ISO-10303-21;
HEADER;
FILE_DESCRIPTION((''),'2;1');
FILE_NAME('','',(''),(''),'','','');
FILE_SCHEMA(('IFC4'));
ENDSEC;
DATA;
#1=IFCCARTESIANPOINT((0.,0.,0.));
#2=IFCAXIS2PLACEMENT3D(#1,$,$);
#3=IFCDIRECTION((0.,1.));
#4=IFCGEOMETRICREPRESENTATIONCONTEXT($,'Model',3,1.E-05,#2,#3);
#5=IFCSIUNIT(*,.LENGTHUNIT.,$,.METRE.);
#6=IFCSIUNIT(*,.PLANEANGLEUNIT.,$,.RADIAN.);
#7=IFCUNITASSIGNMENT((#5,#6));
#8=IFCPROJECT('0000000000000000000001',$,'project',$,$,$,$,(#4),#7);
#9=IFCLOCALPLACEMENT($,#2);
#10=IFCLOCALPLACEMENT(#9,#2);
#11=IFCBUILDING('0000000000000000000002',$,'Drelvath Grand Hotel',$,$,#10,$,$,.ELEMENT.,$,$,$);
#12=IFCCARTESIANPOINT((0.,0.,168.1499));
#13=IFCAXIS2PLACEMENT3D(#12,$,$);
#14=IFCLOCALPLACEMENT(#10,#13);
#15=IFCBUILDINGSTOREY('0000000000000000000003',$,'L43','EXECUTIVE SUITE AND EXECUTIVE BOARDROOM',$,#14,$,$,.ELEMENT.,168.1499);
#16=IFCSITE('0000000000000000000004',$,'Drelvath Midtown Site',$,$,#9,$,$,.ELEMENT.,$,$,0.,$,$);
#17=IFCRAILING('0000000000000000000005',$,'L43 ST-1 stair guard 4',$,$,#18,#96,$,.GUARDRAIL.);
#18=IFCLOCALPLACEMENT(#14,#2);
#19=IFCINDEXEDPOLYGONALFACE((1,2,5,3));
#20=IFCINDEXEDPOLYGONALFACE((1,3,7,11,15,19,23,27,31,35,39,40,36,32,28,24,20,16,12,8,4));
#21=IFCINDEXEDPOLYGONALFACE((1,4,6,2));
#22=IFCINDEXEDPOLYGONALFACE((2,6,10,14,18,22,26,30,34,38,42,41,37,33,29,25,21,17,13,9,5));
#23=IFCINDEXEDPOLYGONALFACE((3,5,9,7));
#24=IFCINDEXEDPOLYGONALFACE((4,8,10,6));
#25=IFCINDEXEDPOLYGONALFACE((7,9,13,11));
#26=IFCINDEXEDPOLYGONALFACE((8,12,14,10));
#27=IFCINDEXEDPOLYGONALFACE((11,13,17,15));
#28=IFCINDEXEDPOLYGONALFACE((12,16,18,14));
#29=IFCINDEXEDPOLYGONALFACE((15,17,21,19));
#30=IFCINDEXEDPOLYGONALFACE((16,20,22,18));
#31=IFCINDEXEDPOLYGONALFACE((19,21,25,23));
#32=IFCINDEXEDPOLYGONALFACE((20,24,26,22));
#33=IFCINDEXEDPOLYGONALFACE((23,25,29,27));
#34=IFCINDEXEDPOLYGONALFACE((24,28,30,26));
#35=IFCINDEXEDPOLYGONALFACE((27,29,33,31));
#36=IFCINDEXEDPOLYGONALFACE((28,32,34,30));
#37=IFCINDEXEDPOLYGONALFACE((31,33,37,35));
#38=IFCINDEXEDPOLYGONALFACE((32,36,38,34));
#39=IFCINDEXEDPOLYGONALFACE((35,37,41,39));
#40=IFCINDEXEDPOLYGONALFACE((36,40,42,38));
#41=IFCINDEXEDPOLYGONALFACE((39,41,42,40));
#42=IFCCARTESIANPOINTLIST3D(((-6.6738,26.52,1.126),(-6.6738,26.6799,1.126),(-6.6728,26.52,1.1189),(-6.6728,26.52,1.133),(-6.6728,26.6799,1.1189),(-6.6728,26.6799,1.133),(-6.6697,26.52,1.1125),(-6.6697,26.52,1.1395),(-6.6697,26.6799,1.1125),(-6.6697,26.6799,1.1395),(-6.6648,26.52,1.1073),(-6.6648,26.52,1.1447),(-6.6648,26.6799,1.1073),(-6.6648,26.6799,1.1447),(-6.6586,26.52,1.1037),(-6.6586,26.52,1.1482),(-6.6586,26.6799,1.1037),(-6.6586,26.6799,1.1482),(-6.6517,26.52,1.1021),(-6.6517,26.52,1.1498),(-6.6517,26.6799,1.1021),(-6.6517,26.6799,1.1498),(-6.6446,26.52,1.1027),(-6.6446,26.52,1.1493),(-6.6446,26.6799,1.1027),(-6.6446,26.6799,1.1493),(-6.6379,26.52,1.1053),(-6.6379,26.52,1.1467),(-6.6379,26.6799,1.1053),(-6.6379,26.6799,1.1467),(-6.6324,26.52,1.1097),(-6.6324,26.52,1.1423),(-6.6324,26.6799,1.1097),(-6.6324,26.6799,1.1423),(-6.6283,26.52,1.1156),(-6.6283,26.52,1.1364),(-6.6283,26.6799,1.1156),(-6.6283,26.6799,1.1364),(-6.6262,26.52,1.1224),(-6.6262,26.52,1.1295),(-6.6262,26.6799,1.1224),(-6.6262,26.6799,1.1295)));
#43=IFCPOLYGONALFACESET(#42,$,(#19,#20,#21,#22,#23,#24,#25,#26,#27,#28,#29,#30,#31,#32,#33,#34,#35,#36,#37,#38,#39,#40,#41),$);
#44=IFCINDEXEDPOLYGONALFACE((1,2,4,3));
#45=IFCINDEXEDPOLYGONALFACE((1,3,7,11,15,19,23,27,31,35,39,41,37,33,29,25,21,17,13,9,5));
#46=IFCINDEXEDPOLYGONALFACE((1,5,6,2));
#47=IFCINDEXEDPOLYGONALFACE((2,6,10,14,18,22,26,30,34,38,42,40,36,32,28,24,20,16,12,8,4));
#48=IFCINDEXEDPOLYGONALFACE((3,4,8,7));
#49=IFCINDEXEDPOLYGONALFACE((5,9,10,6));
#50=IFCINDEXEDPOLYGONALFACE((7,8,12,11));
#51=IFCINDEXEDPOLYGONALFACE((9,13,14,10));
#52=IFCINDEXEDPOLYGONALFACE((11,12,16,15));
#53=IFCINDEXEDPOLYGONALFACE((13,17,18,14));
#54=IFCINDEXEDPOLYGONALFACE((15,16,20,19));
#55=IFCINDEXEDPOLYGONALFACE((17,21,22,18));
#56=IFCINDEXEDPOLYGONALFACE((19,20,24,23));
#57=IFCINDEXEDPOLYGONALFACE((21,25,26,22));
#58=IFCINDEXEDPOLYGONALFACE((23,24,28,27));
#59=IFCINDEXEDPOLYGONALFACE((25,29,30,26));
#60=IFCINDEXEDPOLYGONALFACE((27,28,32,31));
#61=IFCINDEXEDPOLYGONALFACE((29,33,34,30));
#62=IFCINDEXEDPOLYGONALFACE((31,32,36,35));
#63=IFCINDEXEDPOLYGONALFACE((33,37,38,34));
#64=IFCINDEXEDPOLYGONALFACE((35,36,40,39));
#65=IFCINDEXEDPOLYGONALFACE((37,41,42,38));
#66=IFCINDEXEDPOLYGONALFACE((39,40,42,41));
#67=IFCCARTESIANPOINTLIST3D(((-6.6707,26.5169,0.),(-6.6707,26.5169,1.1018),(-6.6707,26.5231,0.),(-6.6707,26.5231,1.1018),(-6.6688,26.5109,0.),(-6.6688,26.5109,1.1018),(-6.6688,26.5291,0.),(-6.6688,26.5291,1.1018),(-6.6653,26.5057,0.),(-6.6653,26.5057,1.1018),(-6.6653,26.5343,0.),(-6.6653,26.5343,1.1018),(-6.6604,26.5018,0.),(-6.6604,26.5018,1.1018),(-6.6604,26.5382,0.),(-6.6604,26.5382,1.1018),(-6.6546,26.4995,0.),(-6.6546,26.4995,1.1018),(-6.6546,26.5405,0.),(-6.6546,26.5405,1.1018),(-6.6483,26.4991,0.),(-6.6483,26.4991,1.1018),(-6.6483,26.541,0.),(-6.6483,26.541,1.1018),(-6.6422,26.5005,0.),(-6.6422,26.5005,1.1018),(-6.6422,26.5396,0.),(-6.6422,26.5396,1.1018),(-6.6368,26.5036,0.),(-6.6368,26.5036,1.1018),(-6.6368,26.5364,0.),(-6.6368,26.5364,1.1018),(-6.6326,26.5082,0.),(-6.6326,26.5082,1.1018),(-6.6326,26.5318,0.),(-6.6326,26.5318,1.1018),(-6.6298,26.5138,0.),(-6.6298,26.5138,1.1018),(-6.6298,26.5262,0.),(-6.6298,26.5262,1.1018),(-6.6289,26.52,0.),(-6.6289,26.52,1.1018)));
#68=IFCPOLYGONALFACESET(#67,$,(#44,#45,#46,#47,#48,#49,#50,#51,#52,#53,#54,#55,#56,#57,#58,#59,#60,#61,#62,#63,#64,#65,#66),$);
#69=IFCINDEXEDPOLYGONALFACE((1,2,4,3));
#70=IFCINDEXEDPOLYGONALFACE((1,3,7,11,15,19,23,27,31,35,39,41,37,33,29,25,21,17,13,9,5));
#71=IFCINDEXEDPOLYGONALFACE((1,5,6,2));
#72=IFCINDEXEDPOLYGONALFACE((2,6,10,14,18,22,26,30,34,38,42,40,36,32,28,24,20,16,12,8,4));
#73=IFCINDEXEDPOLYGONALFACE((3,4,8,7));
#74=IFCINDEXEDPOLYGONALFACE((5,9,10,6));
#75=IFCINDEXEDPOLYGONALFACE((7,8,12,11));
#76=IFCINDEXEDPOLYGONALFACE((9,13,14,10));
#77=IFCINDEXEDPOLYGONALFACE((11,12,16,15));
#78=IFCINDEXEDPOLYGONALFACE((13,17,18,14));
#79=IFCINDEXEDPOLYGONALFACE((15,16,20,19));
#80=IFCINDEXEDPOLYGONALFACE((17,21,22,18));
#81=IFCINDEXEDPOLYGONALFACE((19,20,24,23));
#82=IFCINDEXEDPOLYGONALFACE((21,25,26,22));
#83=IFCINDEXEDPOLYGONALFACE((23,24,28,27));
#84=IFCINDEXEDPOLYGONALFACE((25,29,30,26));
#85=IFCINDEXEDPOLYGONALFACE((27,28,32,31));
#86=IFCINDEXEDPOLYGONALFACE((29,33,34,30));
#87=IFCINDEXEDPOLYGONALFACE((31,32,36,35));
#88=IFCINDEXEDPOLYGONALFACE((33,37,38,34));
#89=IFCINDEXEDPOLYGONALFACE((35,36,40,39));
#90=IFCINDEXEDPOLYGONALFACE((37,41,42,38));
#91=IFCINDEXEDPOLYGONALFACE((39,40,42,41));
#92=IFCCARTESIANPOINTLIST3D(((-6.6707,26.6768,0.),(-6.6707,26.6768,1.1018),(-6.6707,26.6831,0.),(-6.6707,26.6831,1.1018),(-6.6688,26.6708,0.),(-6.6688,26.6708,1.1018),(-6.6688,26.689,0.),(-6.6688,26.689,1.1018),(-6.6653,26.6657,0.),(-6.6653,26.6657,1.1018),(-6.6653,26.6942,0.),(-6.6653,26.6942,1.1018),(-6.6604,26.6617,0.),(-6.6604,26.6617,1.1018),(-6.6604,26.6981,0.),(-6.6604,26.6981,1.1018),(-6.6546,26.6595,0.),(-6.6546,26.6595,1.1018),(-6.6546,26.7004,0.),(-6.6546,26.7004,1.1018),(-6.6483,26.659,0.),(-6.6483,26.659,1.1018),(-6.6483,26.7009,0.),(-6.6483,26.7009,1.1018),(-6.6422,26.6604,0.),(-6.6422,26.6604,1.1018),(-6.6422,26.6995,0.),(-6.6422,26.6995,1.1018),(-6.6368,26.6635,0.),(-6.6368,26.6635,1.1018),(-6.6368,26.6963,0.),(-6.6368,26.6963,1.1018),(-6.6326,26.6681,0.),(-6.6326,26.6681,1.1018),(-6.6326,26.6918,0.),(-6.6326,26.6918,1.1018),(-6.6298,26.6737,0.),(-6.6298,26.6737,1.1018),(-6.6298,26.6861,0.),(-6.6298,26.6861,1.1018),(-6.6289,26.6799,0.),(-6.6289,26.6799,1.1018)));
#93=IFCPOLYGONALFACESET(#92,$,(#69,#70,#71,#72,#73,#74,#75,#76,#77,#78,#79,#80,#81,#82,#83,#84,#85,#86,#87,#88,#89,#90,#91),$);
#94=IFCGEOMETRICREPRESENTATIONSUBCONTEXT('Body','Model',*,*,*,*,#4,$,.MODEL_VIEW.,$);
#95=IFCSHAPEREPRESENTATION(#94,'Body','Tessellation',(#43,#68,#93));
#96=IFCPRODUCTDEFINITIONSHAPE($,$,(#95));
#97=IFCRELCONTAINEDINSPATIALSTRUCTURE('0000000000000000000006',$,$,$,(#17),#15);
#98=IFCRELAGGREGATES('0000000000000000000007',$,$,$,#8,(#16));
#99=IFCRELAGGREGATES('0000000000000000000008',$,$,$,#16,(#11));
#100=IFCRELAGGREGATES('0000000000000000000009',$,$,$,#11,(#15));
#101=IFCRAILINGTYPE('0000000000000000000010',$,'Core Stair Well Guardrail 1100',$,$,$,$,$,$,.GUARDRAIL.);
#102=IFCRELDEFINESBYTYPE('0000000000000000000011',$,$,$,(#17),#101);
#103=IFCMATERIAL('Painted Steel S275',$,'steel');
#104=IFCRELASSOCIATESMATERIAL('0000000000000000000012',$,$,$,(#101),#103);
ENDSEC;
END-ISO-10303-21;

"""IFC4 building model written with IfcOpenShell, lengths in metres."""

from ifc_helpers import new_model, si_unit, direction, frame, origin, origin_2d, place, context, subcontext, project, spatial, circle, extrude, material, type_object, element, save


model = new_model("IFC4")

# Units and contexts
model_context = context("Model", 3, precision=1e-05, world=origin(), true_north=direction((0.0, 1.0)))
body_context = subcontext(model_context, "Body", "Model", "MODEL_VIEW")
ifc_project = project(units=[si_unit("LENGTHUNIT", "METRE"), si_unit("PLANEANGLEUNIT", "RADIAN")], contexts=[model_context])

# Site, building, storey
site_placement = place(None, origin())
site = spatial("IfcSite", under=ifc_project, at=site_placement, Name="Drelvath Midtown Site", CompositionType="ELEMENT", RefElevation=0.0)
building_placement = place(site_placement, origin())
building = spatial("IfcBuilding", under=site, at=building_placement, Name="Drelvath Grand Hotel", CompositionType="ELEMENT")
storey_placement = place(building_placement, frame((0.0, 0.0, 168.1499)))
storey = spatial("IfcBuildingStorey", under=building, at=storey_placement, Name="L43", Description="EXECUTIVE SUITE AND EXECUTIVE BOARDROOM", CompositionType="ELEMENT", Elevation=168.1499)

# Shared definitions
ifc_material_1 = material(Name="Painted Steel S275", Category="steel")

# Railing
railing_type_1 = type_object("IfcRailingType", Name="Core Stair Well Guardrail 1100", PredefinedType="GUARDRAIL", material=ifc_material_1)
railing_1_placement = place(storey_placement, frame((-6.6499, 26.52, 0.0)))
element("IfcRailing", 1, at=railing_1_placement, inside=storey, type_object=railing_type_1, Name="L43 ST-1 stair guard 4", PredefinedType="GUARDRAIL", context=body_context, shape_type="SweptSolid", body=[
    extrude(circle(Radius=0.0239, at=origin_2d()), frame((0.0, 0.0, 1.126), z_axis=(0.0, 1.0, 0.0), x_axis=(-1.0, 0.0, 0.0)), (0.0, 0.0, 1.0), 0.1599),
    extrude(circle(Radius=0.021, at=origin_2d()), origin(), (0.0, 0.0, 1.0), 1.1018),
    extrude(circle(Radius=0.021, at=origin_2d()), frame((0.0, 0.1599, 0.0)), (0.0, 0.0, 1.0), 1.1018),
])

save(model, "model.ifc")
